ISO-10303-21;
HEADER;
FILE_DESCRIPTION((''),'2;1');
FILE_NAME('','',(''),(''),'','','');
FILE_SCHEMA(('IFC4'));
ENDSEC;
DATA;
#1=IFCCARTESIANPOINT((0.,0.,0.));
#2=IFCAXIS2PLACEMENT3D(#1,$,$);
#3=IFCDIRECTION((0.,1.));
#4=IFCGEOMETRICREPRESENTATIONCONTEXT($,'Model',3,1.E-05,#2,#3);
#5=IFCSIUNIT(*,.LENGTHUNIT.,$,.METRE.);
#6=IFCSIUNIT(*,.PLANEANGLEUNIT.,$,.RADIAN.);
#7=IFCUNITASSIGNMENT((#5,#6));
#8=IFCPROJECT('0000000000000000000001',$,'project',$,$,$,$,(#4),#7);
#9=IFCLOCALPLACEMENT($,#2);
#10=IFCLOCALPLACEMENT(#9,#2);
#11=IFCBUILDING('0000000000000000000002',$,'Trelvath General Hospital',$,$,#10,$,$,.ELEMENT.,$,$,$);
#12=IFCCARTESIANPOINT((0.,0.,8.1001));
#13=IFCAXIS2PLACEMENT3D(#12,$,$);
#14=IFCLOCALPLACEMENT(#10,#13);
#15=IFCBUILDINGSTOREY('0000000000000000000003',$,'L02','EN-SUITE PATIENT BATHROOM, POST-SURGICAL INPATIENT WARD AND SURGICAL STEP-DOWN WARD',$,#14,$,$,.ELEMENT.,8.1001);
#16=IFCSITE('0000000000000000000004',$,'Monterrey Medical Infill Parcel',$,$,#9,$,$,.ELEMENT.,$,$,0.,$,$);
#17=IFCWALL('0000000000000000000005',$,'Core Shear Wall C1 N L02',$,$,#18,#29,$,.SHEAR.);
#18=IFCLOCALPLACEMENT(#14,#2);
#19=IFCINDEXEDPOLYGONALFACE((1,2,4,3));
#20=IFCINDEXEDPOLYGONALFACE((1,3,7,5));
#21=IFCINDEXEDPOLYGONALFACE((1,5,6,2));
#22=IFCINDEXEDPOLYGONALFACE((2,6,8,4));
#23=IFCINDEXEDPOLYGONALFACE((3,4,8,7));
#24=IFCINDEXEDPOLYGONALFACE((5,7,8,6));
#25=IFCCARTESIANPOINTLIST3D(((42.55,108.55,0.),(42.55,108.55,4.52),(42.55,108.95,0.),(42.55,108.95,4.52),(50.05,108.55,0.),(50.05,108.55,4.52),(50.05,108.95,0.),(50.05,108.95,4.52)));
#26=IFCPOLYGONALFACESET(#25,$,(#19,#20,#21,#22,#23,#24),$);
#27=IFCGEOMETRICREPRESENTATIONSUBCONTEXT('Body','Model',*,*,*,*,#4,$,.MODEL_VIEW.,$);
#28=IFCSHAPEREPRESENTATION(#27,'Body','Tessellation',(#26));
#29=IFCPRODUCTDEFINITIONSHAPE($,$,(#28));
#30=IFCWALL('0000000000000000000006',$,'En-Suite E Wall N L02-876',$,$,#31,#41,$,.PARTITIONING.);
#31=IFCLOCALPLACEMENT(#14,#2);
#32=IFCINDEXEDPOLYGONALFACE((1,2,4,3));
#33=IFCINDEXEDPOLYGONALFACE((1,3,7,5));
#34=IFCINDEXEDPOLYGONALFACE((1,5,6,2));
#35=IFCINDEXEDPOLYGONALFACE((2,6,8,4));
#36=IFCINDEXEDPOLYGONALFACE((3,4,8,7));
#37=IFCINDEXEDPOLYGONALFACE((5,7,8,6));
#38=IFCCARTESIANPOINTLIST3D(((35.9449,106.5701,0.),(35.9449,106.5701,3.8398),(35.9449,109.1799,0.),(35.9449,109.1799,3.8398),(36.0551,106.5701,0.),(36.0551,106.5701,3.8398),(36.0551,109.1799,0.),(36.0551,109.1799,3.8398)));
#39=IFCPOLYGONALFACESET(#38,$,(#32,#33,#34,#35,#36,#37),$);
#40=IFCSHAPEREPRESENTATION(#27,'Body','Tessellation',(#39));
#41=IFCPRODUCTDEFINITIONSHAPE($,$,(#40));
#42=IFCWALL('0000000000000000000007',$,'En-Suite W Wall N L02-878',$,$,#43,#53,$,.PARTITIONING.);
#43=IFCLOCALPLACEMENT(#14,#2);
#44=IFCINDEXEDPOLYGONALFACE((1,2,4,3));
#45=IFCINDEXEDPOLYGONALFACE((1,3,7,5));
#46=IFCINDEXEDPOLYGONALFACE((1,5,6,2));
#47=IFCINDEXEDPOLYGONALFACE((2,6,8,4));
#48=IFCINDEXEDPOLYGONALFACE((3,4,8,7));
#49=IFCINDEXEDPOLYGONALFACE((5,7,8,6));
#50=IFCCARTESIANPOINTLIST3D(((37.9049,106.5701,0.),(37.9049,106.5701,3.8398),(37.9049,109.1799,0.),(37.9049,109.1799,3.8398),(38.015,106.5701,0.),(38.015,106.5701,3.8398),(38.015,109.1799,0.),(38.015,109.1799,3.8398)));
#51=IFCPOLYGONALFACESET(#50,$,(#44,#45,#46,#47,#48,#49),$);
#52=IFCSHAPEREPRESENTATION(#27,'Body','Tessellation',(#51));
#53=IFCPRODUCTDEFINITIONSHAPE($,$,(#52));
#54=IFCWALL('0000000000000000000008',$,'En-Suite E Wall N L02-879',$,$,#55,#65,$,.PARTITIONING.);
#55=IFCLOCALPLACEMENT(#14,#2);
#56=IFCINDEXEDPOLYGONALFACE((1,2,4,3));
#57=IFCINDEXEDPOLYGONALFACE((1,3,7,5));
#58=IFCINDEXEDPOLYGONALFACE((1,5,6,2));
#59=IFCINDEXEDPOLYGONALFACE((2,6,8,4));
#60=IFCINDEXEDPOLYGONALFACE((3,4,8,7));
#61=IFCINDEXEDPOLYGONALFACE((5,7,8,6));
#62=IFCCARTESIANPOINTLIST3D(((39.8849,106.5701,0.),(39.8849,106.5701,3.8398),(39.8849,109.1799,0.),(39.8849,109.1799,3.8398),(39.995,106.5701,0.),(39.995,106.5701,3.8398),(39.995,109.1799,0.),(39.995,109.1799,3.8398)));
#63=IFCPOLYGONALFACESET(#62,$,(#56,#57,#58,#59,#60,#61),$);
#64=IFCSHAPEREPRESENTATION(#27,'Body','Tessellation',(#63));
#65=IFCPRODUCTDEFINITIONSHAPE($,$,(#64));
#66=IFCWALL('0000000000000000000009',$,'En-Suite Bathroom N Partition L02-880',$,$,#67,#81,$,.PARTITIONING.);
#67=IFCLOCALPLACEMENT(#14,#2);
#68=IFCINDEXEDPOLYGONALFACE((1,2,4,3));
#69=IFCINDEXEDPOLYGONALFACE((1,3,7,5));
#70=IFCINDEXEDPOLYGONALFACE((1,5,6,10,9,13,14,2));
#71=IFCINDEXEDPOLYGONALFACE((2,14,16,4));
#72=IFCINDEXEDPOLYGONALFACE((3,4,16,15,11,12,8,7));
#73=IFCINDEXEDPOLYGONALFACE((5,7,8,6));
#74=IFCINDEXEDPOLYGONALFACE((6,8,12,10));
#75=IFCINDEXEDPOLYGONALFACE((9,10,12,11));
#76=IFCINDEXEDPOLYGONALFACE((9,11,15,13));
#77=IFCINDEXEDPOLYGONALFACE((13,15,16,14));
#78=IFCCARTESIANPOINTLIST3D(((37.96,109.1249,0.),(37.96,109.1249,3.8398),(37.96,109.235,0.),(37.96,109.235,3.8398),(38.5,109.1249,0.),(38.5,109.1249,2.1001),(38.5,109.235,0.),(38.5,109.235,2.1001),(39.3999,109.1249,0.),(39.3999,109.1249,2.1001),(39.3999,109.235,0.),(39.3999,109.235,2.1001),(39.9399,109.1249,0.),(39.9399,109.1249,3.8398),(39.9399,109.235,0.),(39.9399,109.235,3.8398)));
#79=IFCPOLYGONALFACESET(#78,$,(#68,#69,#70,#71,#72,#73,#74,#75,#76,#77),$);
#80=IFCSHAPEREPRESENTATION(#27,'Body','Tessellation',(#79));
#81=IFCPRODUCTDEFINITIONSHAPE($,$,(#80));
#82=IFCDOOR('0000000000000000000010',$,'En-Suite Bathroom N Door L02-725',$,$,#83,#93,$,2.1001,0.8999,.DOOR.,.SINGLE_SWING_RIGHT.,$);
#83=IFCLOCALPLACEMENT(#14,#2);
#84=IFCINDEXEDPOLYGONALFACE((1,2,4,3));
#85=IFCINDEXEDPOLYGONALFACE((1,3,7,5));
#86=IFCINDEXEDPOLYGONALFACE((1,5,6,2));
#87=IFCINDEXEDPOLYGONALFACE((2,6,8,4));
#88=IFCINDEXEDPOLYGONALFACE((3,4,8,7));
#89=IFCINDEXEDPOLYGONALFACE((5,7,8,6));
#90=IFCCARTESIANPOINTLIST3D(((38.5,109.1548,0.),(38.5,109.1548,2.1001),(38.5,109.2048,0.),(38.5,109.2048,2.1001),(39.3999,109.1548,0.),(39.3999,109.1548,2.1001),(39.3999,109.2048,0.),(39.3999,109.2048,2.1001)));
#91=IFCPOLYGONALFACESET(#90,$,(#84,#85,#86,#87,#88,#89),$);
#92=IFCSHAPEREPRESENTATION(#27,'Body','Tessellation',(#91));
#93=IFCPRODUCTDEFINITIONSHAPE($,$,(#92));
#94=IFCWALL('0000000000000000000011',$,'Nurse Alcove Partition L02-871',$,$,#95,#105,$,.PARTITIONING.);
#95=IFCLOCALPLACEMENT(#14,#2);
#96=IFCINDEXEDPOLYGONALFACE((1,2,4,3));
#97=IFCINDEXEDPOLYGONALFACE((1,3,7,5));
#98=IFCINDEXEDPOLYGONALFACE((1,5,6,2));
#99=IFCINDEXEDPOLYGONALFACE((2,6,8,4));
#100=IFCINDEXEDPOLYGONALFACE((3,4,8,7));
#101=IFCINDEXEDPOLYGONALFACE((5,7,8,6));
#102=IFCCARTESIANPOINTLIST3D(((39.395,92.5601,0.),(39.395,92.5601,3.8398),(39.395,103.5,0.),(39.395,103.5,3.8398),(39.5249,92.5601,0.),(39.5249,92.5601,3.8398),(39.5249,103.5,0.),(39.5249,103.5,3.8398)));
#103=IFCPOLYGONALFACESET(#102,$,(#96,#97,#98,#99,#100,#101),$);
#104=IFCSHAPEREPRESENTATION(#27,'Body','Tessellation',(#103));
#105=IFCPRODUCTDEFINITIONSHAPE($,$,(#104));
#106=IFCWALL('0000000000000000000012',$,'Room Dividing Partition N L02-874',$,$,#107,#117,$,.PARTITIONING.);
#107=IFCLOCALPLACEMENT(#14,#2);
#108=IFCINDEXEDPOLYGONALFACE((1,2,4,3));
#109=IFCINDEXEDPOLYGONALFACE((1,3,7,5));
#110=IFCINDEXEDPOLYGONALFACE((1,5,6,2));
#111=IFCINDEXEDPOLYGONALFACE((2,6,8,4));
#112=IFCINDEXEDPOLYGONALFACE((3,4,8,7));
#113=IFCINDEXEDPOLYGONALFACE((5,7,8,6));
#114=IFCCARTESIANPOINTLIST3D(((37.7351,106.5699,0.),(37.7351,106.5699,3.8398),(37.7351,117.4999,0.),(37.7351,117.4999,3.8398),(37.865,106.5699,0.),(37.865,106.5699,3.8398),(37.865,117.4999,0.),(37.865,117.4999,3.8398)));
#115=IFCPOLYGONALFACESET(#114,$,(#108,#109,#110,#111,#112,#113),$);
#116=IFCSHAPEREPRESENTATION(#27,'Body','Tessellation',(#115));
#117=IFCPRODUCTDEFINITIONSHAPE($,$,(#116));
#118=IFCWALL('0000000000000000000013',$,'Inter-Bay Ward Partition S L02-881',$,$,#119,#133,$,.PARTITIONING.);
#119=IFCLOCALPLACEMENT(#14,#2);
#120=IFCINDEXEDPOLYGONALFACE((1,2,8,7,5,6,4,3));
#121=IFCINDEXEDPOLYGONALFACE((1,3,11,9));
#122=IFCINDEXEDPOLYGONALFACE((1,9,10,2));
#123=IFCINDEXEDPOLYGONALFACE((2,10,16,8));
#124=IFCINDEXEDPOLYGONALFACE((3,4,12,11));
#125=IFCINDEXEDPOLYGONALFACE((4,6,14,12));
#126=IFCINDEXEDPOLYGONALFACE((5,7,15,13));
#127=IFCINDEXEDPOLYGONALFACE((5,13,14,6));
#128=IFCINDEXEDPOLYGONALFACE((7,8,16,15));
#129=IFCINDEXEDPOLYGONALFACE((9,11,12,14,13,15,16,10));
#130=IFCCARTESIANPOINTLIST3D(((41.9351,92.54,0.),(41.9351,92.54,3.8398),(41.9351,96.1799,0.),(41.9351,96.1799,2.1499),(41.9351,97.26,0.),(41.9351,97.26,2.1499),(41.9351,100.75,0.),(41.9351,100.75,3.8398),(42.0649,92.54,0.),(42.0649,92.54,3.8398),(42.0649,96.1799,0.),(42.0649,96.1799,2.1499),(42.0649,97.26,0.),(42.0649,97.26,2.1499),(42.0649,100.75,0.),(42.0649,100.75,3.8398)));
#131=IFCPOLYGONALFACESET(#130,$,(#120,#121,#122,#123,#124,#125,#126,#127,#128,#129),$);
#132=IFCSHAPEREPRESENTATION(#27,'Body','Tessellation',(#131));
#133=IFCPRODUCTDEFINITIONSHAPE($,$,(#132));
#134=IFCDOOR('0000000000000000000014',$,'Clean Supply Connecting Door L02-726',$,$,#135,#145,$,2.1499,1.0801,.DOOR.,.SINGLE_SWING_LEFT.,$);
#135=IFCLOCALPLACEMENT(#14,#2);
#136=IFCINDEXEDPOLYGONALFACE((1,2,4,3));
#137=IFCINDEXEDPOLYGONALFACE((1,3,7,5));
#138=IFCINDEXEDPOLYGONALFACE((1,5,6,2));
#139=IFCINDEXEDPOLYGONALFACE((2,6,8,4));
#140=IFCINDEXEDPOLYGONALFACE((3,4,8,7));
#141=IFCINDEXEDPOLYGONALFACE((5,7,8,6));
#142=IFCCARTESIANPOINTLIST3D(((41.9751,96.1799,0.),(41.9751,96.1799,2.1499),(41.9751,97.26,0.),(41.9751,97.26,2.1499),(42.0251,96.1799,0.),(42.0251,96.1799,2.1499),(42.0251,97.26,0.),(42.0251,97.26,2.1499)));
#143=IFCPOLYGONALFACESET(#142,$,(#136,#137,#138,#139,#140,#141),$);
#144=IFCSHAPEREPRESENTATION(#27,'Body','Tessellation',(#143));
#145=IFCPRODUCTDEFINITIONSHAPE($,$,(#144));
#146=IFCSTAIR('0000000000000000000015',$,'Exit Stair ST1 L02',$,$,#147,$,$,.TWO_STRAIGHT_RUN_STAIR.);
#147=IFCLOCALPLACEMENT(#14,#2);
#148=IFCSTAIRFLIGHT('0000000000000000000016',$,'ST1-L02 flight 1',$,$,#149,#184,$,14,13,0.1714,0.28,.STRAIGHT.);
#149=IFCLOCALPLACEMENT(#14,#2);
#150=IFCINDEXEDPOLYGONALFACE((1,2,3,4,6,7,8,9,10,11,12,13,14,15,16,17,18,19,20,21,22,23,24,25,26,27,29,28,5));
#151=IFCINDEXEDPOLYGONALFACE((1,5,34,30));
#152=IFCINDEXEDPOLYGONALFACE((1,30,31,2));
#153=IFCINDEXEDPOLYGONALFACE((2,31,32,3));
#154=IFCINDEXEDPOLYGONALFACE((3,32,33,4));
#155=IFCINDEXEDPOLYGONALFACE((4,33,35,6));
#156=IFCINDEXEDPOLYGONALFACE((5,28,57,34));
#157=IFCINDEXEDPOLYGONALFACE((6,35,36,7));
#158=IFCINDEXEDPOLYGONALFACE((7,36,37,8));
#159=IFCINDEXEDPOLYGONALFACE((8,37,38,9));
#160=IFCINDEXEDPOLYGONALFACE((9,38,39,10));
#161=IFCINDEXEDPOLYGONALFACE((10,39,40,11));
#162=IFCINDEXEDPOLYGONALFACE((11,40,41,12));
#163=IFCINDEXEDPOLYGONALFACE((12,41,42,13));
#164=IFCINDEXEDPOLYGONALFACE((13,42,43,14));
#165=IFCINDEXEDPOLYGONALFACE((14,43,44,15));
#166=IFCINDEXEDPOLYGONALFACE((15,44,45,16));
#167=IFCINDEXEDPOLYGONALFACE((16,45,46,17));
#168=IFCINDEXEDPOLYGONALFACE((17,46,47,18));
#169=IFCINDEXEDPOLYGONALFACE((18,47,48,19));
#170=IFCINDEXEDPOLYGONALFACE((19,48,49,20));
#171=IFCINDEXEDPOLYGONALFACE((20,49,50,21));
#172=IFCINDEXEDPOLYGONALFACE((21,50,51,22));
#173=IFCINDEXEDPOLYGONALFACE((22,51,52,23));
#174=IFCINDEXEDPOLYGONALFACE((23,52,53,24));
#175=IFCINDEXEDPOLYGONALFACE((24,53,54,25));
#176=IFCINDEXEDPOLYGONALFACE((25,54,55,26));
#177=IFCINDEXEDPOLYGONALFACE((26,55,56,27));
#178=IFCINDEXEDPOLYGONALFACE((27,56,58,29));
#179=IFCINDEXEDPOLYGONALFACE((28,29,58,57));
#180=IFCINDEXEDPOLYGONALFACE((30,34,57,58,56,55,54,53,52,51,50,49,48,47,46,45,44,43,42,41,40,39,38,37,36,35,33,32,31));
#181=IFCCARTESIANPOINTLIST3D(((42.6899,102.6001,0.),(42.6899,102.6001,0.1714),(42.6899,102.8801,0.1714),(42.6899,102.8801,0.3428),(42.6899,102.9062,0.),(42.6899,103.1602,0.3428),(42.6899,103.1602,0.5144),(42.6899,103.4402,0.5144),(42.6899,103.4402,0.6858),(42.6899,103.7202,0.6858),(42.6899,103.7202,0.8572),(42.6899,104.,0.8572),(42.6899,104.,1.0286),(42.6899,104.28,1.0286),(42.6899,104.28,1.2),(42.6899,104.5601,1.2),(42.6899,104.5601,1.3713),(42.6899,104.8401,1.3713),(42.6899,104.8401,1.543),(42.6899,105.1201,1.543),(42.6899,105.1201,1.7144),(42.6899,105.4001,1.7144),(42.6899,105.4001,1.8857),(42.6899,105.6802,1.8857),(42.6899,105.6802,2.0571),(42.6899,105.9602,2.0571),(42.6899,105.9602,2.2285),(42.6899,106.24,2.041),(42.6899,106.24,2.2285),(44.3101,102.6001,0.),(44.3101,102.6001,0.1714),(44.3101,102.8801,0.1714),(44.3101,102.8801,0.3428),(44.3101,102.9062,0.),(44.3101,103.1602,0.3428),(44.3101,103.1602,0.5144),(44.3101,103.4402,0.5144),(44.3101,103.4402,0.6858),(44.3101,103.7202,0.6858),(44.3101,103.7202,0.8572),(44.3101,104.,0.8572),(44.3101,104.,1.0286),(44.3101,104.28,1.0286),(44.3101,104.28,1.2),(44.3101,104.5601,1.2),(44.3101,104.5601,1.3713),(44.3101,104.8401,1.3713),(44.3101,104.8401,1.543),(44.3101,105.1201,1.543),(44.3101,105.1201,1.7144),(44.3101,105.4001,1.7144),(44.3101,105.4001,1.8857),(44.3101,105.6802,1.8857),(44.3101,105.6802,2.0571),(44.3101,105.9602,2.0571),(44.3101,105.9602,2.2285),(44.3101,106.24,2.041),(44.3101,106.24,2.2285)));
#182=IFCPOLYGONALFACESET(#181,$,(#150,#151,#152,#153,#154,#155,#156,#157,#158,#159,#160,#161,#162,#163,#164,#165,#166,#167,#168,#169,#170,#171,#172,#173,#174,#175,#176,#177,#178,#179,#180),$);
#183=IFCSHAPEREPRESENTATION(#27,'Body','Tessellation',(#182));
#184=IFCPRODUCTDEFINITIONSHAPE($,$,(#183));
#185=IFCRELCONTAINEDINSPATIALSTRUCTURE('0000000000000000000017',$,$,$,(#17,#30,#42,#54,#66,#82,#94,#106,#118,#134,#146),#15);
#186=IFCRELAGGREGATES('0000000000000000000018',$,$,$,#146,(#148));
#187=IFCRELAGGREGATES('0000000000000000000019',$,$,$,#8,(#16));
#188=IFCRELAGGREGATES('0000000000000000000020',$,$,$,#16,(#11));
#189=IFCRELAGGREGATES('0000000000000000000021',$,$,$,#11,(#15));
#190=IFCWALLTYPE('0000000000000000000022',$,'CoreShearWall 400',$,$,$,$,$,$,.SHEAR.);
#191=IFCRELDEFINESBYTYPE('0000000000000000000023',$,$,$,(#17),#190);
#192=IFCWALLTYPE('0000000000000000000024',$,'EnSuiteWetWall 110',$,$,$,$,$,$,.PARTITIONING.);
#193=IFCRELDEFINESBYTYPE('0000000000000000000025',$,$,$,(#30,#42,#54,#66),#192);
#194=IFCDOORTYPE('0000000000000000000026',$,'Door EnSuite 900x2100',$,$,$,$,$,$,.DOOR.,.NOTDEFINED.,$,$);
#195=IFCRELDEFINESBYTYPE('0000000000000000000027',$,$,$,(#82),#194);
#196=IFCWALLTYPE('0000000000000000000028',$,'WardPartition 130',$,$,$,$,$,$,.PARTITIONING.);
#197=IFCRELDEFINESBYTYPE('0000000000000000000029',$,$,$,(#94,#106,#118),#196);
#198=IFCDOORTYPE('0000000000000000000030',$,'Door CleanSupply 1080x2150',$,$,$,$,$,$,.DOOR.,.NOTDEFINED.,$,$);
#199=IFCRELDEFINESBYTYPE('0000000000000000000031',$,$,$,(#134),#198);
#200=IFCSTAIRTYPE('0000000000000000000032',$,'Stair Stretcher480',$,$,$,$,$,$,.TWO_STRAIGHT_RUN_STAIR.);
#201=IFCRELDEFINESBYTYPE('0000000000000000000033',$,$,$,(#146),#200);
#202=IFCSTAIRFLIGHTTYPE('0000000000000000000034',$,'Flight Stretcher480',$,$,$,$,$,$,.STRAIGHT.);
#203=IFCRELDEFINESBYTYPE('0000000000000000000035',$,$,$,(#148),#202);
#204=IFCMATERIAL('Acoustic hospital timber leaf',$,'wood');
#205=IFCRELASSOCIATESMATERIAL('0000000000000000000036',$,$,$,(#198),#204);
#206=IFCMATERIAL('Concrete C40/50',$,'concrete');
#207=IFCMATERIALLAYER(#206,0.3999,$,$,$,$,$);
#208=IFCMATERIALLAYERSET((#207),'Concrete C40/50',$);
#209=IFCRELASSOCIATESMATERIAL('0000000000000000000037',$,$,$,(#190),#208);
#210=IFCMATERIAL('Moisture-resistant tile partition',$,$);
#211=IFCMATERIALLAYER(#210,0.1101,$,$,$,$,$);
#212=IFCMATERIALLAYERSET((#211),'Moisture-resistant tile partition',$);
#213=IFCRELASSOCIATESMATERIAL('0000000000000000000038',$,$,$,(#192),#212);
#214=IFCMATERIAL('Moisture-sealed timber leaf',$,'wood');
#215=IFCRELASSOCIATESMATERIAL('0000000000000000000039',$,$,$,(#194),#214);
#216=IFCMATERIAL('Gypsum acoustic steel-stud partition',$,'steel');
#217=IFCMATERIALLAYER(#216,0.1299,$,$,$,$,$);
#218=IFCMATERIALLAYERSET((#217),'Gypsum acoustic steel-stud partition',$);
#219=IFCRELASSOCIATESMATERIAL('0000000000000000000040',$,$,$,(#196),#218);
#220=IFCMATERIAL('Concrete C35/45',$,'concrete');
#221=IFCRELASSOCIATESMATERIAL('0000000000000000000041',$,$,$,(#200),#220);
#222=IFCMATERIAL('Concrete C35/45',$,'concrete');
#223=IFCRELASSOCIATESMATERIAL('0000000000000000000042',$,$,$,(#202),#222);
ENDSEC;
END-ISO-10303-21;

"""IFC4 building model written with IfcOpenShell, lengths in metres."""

from ifc_helpers import new_model, si_unit, direction, frame, frame_2d, origin, place, context, subcontext, project, spatial, polyline, rectangle, outline, extrude, material, layer, layer_set, type_object, element, fill, aggregate, save


model = new_model("IFC4")

# Units and contexts
model_context = context("Model", 3, precision=1e-05, world=origin(), true_north=direction((0.0, 1.0)))
body_context = subcontext(model_context, "Body", "Model", "MODEL_VIEW")
ifc_project = project(units=[si_unit("LENGTHUNIT", "METRE"), si_unit("PLANEANGLEUNIT", "RADIAN")], contexts=[model_context])

# Site, building, storey
site_placement = place(None, origin())
site = spatial("IfcSite", under=ifc_project, at=site_placement, Name="Monterrey Medical Infill Parcel", CompositionType="ELEMENT", RefElevation=0.0)
building_placement = place(site_placement, origin())
building = spatial("IfcBuilding", under=site, at=building_placement, Name="Trelvath General Hospital", CompositionType="ELEMENT")
storey_placement = place(building_placement, frame((0.0, 0.0, 8.1001)))
storey = spatial("IfcBuildingStorey", under=building, at=storey_placement, Name="L02", Description="EN-SUITE PATIENT BATHROOM, POST-SURGICAL INPATIENT WARD AND SURGICAL STEP-DOWN WARD", CompositionType="ELEMENT", Elevation=8.1001)

# Shared definitions
ifc_material_1 = material(Name="Acoustic hospital timber leaf", Category="wood")
door_type_1 = type_object("IfcDoorType", Name="Door CleanSupply 1080x2150", OperationType="NOTDEFINED", PredefinedType="DOOR", material=ifc_material_1)

# Shared definitions
ifc_material_2 = material(Name="Concrete C40/50", Category="concrete")
ifc_layer_1 = layer(ifc_material_2, 0.3999)
ifc_layer_set_1 = layer_set([ifc_layer_1], Name="Concrete C40/50")
wall_type_1 = type_object("IfcWallType", Name="CoreShearWall 400", PredefinedType="SHEAR", material=ifc_layer_set_1)

# Wall
wall_1_placement = place(storey_placement, frame((42.55, 108.75, 0.0), z_axis=(0.0, 0.0, 1.0), x_axis=(1.0, 0.0, 0.0)))
element("IfcWall", 1, at=wall_1_placement, inside=storey, type_object=wall_type_1, Name="Core Shear Wall C1 N L02", PredefinedType="SHEAR", context=body_context, shape_type="SweptSolid", body=[
    extrude(rectangle(XDim=7.5, YDim=0.3999, at=frame_2d((3.75, 0.0))), origin(), (0.0, 0.0, 1.0), 4.52),
])

# Walls
ifc_material_3 = material(Name="Moisture-resistant tile partition")
ifc_layer_2 = layer(ifc_material_3, 0.1101)
ifc_layer_set_2 = layer_set([ifc_layer_2], Name="Moisture-resistant tile partition")
wall_type_2 = type_object("IfcWallType", Name="EnSuiteWetWall 110", PredefinedType="PARTITIONING", material=ifc_layer_set_2)
for number, where, z_axis, x_axis, name in (
    (2, (36.0, 106.5701, 0.0), (0.0, 0.0, 1.0), (0.0, 1.0, 0.0), "En-Suite E Wall N L02-876"),
    (3, (37.96, 106.5701, 0.0), (0.0, 0.0, 1.0), (0.0, 1.0, 0.0), "En-Suite W Wall N L02-878"),
    (4, (39.9399, 106.5701, 0.0), (0.0, 0.0, 1.0), (0.0, 1.0, 0.0), "En-Suite E Wall N L02-879"),
):
    element("IfcWall", number, at=place(storey_placement, frame(where, z_axis=z_axis, x_axis=x_axis)), inside=storey, type_object=wall_type_2, Name=name, PredefinedType="PARTITIONING", context=body_context, shape_type="SweptSolid", body=[
        extrude(rectangle(XDim=2.6099, YDim=0.1101, at=frame_2d((1.3049, 0.0))), origin(), (0.0, 0.0, 1.0), 3.8398),
    ])

# Wall, opening, door
wall_2_placement = place(storey_placement, frame((37.96, 109.1799, 0.0), z_axis=(0.0, 0.0, 1.0), x_axis=(1.0, 0.0, 0.0)))
wall_2 = element("IfcWall", 5, at=wall_2_placement, inside=storey, type_object=wall_type_2, Name="En-Suite Bathroom N Partition L02-880", PredefinedType="PARTITIONING", context=body_context, shape_type="SweptSolid", body=[
    extrude(rectangle(XDim=1.98, YDim=0.1101, at=frame_2d((0.99, 0.0))), origin(), (0.0, 0.0, 1.0), 3.8398),
])
opening_1_placement = place(wall_2_placement, frame((0.54, 0.0, 0.0)))
opening_1 = element("IfcOpeningElement", 6, at=opening_1_placement, cuts=wall_2, PredefinedType="OPENING", context=body_context, shape_type="SweptSolid", body=[
    extrude(rectangle(XDim=0.8999, YDim=2.1001, at=frame_2d((0.45, 1.05))), frame((0.0, 0.0649, 0.0), z_axis=(0.0, -1.0, 0.0), x_axis=(1.0, 0.0, 0.0)), (0.0, 0.0, 1.0), 0.1301),
])
ifc_material_4 = material(Name="Moisture-sealed timber leaf", Category="wood")
door_type_2 = type_object("IfcDoorType", Name="Door EnSuite 900x2100", OperationType="NOTDEFINED", PredefinedType="DOOR", material=ifc_material_4)
door_1_placement = place(opening_1_placement, origin())
door_1 = element("IfcDoor", 7, at=door_1_placement, inside=storey, type_object=door_type_2, Name="En-Suite Bathroom N Door L02-725", OperationType="SINGLE_SWING_RIGHT", OverallHeight=2.1001, OverallWidth=0.8999, PredefinedType="DOOR", context=body_context, shape_type="SweptSolid", body=[
    extrude(rectangle(XDim=0.8999, YDim=2.1001, at=frame_2d((0.45, 1.05))), frame((0.0, 0.0249, 0.0), z_axis=(0.0, -1.0, 0.0), x_axis=(1.0, 0.0, 0.0)), (0.0, 0.0, 1.0), 0.05),
])
fill(opening_1, door_1)

# Walls
ifc_material_5 = material(Name="Gypsum acoustic steel-stud partition", Category="steel")
ifc_layer_3 = layer(ifc_material_5, 0.1299)
ifc_layer_set_3 = layer_set([ifc_layer_3], Name="Gypsum acoustic steel-stud partition")
wall_type_3 = type_object("IfcWallType", Name="WardPartition 130", PredefinedType="PARTITIONING", material=ifc_layer_set_3)
wall_3_placement = place(storey_placement, frame((39.46, 92.5601, 0.0), z_axis=(0.0, 0.0, 1.0), x_axis=(0.0, 1.0, 0.0)))
element("IfcWall", 8, at=wall_3_placement, inside=storey, type_object=wall_type_3, Name="Nurse Alcove Partition L02-871", PredefinedType="PARTITIONING", context=body_context, shape_type="SweptSolid", body=[
    extrude(rectangle(XDim=10.9399, YDim=0.1299, at=frame_2d((5.47, 0.0))), origin(), (0.0, 0.0, 1.0), 3.8398),
])
wall_4_placement = place(storey_placement, frame((37.8, 106.5701, 0.0), z_axis=(0.0, 0.0, 1.0), x_axis=(0.0, 1.0, 0.0)))
element("IfcWall", 9, at=wall_4_placement, inside=storey, type_object=wall_type_3, Name="Room Dividing Partition N L02-874", PredefinedType="PARTITIONING", context=body_context, shape_type="SweptSolid", body=[
    extrude(rectangle(XDim=10.9299, YDim=0.1299, at=frame_2d((5.4648, 0.0))), origin(), (0.0, 0.0, 1.0), 3.8398),
])

# Wall, opening, door
wall_5_placement = place(storey_placement, frame((42.0, 92.54, 0.0), z_axis=(0.0, 0.0, 1.0), x_axis=(0.0, 1.0, 0.0)))
wall_5 = element("IfcWall", 10, at=wall_5_placement, inside=storey, type_object=wall_type_3, Name="Inter-Bay Ward Partition S L02-881", PredefinedType="PARTITIONING", context=body_context, shape_type="SweptSolid", body=[
    extrude(rectangle(XDim=8.21, YDim=0.1299, at=frame_2d((4.105, 0.0))), origin(), (0.0, 0.0, 1.0), 3.8398),
])
opening_2_placement = place(wall_5_placement, frame((3.6399, 0.0, 0.0)))
opening_2 = element("IfcOpeningElement", 11, at=opening_2_placement, cuts=wall_5, PredefinedType="OPENING", context=body_context, shape_type="SweptSolid", body=[
    extrude(rectangle(XDim=1.0801, YDim=2.1499, at=frame_2d((0.54, 1.075))), frame((0.0, 0.075, 0.0), z_axis=(0.0, -1.0, 0.0), x_axis=(1.0, 0.0, 0.0)), (0.0, 0.0, 1.0), 0.1499),
])
door_2_placement = place(opening_2_placement, origin())
door_2 = element("IfcDoor", 12, at=door_2_placement, inside=storey, type_object=door_type_1, Name="Clean Supply Connecting Door L02-726", OperationType="SINGLE_SWING_LEFT", OverallHeight=2.1499, OverallWidth=1.0801, PredefinedType="DOOR", context=body_context, shape_type="SweptSolid", body=[
    extrude(rectangle(XDim=1.0801, YDim=2.1499, at=frame_2d((0.54, 1.075))), frame((0.0, 0.0249, 0.0), z_axis=(0.0, -1.0, 0.0), x_axis=(1.0, 0.0, 0.0)), (0.0, 0.0, 1.0), 0.05),
])
fill(opening_2, door_2)

# Stair, stair flight
ifc_material_6 = material(Name="Concrete C35/45", Category="concrete")
stair_type = type_object("IfcStairType", Name="Stair Stretcher480", PredefinedType="TWO_STRAIGHT_RUN_STAIR", material=ifc_material_6)
stair_placement = place(storey_placement, origin())
stair = element("IfcStair", 13, at=stair_placement, inside=storey, type_object=stair_type, Name="Exit Stair ST1 L02", PredefinedType="TWO_STRAIGHT_RUN_STAIR")
ifc_material_7 = material(Name="Concrete C35/45", Category="concrete")
stair_flight_type = type_object("IfcStairFlightType", Name="Flight Stretcher480", PredefinedType="STRAIGHT", material=ifc_material_7)
stair_flight_1_placement = place(storey_placement, frame((43.5, 102.6001, 0.0), z_axis=(0.0, 0.0, 1.0), x_axis=(0.0, 1.0, 0.0)))
stair_flight_1 = element("IfcStairFlight", 14, at=stair_flight_1_placement, type_object=stair_flight_type, Name="ST1-L02 flight 1", NumberOfRisers=14, NumberOfTreads=13, PredefinedType="STRAIGHT", RiserHeight=0.1714, TreadLength=0.28, context=body_context, shape_type="SweptSolid", body=[
    extrude(outline(polyline([(0.0, 0.0), (0.0, 0.1714), (0.28, 0.1714), (0.28, 0.3428), (0.5601, 0.3428), (0.5601, 0.5144), (0.8401, 0.5144), (0.8401, 0.6858), (1.1201, 0.6858), (1.1201, 0.8572), (1.3999, 0.8572), (1.3999, 1.0286), (1.6799, 1.0286), (1.6799, 1.2), (1.96, 1.2), (1.96, 1.3713), (2.24, 1.3713), (2.24, 1.543), (2.52, 1.543), (2.52, 1.7144), (2.8, 1.7144), (2.8, 1.8857), (3.0801, 1.8857), (3.0801, 2.0571), (3.3601, 2.0571), (3.3601, 2.2285), (3.6399, 2.2285), (3.6399, 2.3999), (3.6399, 2.041), (0.3062, 0.0), (0.0, 0.0)])), frame((0.0, 0.8101, 0.0), z_axis=(0.0, -1.0, 0.0), x_axis=(1.0, 0.0, 0.0)), (0.0, 0.0, 1.0), 1.6201),
])
aggregate(stair, [stair_flight_1])

save(model, "model.ifc")
